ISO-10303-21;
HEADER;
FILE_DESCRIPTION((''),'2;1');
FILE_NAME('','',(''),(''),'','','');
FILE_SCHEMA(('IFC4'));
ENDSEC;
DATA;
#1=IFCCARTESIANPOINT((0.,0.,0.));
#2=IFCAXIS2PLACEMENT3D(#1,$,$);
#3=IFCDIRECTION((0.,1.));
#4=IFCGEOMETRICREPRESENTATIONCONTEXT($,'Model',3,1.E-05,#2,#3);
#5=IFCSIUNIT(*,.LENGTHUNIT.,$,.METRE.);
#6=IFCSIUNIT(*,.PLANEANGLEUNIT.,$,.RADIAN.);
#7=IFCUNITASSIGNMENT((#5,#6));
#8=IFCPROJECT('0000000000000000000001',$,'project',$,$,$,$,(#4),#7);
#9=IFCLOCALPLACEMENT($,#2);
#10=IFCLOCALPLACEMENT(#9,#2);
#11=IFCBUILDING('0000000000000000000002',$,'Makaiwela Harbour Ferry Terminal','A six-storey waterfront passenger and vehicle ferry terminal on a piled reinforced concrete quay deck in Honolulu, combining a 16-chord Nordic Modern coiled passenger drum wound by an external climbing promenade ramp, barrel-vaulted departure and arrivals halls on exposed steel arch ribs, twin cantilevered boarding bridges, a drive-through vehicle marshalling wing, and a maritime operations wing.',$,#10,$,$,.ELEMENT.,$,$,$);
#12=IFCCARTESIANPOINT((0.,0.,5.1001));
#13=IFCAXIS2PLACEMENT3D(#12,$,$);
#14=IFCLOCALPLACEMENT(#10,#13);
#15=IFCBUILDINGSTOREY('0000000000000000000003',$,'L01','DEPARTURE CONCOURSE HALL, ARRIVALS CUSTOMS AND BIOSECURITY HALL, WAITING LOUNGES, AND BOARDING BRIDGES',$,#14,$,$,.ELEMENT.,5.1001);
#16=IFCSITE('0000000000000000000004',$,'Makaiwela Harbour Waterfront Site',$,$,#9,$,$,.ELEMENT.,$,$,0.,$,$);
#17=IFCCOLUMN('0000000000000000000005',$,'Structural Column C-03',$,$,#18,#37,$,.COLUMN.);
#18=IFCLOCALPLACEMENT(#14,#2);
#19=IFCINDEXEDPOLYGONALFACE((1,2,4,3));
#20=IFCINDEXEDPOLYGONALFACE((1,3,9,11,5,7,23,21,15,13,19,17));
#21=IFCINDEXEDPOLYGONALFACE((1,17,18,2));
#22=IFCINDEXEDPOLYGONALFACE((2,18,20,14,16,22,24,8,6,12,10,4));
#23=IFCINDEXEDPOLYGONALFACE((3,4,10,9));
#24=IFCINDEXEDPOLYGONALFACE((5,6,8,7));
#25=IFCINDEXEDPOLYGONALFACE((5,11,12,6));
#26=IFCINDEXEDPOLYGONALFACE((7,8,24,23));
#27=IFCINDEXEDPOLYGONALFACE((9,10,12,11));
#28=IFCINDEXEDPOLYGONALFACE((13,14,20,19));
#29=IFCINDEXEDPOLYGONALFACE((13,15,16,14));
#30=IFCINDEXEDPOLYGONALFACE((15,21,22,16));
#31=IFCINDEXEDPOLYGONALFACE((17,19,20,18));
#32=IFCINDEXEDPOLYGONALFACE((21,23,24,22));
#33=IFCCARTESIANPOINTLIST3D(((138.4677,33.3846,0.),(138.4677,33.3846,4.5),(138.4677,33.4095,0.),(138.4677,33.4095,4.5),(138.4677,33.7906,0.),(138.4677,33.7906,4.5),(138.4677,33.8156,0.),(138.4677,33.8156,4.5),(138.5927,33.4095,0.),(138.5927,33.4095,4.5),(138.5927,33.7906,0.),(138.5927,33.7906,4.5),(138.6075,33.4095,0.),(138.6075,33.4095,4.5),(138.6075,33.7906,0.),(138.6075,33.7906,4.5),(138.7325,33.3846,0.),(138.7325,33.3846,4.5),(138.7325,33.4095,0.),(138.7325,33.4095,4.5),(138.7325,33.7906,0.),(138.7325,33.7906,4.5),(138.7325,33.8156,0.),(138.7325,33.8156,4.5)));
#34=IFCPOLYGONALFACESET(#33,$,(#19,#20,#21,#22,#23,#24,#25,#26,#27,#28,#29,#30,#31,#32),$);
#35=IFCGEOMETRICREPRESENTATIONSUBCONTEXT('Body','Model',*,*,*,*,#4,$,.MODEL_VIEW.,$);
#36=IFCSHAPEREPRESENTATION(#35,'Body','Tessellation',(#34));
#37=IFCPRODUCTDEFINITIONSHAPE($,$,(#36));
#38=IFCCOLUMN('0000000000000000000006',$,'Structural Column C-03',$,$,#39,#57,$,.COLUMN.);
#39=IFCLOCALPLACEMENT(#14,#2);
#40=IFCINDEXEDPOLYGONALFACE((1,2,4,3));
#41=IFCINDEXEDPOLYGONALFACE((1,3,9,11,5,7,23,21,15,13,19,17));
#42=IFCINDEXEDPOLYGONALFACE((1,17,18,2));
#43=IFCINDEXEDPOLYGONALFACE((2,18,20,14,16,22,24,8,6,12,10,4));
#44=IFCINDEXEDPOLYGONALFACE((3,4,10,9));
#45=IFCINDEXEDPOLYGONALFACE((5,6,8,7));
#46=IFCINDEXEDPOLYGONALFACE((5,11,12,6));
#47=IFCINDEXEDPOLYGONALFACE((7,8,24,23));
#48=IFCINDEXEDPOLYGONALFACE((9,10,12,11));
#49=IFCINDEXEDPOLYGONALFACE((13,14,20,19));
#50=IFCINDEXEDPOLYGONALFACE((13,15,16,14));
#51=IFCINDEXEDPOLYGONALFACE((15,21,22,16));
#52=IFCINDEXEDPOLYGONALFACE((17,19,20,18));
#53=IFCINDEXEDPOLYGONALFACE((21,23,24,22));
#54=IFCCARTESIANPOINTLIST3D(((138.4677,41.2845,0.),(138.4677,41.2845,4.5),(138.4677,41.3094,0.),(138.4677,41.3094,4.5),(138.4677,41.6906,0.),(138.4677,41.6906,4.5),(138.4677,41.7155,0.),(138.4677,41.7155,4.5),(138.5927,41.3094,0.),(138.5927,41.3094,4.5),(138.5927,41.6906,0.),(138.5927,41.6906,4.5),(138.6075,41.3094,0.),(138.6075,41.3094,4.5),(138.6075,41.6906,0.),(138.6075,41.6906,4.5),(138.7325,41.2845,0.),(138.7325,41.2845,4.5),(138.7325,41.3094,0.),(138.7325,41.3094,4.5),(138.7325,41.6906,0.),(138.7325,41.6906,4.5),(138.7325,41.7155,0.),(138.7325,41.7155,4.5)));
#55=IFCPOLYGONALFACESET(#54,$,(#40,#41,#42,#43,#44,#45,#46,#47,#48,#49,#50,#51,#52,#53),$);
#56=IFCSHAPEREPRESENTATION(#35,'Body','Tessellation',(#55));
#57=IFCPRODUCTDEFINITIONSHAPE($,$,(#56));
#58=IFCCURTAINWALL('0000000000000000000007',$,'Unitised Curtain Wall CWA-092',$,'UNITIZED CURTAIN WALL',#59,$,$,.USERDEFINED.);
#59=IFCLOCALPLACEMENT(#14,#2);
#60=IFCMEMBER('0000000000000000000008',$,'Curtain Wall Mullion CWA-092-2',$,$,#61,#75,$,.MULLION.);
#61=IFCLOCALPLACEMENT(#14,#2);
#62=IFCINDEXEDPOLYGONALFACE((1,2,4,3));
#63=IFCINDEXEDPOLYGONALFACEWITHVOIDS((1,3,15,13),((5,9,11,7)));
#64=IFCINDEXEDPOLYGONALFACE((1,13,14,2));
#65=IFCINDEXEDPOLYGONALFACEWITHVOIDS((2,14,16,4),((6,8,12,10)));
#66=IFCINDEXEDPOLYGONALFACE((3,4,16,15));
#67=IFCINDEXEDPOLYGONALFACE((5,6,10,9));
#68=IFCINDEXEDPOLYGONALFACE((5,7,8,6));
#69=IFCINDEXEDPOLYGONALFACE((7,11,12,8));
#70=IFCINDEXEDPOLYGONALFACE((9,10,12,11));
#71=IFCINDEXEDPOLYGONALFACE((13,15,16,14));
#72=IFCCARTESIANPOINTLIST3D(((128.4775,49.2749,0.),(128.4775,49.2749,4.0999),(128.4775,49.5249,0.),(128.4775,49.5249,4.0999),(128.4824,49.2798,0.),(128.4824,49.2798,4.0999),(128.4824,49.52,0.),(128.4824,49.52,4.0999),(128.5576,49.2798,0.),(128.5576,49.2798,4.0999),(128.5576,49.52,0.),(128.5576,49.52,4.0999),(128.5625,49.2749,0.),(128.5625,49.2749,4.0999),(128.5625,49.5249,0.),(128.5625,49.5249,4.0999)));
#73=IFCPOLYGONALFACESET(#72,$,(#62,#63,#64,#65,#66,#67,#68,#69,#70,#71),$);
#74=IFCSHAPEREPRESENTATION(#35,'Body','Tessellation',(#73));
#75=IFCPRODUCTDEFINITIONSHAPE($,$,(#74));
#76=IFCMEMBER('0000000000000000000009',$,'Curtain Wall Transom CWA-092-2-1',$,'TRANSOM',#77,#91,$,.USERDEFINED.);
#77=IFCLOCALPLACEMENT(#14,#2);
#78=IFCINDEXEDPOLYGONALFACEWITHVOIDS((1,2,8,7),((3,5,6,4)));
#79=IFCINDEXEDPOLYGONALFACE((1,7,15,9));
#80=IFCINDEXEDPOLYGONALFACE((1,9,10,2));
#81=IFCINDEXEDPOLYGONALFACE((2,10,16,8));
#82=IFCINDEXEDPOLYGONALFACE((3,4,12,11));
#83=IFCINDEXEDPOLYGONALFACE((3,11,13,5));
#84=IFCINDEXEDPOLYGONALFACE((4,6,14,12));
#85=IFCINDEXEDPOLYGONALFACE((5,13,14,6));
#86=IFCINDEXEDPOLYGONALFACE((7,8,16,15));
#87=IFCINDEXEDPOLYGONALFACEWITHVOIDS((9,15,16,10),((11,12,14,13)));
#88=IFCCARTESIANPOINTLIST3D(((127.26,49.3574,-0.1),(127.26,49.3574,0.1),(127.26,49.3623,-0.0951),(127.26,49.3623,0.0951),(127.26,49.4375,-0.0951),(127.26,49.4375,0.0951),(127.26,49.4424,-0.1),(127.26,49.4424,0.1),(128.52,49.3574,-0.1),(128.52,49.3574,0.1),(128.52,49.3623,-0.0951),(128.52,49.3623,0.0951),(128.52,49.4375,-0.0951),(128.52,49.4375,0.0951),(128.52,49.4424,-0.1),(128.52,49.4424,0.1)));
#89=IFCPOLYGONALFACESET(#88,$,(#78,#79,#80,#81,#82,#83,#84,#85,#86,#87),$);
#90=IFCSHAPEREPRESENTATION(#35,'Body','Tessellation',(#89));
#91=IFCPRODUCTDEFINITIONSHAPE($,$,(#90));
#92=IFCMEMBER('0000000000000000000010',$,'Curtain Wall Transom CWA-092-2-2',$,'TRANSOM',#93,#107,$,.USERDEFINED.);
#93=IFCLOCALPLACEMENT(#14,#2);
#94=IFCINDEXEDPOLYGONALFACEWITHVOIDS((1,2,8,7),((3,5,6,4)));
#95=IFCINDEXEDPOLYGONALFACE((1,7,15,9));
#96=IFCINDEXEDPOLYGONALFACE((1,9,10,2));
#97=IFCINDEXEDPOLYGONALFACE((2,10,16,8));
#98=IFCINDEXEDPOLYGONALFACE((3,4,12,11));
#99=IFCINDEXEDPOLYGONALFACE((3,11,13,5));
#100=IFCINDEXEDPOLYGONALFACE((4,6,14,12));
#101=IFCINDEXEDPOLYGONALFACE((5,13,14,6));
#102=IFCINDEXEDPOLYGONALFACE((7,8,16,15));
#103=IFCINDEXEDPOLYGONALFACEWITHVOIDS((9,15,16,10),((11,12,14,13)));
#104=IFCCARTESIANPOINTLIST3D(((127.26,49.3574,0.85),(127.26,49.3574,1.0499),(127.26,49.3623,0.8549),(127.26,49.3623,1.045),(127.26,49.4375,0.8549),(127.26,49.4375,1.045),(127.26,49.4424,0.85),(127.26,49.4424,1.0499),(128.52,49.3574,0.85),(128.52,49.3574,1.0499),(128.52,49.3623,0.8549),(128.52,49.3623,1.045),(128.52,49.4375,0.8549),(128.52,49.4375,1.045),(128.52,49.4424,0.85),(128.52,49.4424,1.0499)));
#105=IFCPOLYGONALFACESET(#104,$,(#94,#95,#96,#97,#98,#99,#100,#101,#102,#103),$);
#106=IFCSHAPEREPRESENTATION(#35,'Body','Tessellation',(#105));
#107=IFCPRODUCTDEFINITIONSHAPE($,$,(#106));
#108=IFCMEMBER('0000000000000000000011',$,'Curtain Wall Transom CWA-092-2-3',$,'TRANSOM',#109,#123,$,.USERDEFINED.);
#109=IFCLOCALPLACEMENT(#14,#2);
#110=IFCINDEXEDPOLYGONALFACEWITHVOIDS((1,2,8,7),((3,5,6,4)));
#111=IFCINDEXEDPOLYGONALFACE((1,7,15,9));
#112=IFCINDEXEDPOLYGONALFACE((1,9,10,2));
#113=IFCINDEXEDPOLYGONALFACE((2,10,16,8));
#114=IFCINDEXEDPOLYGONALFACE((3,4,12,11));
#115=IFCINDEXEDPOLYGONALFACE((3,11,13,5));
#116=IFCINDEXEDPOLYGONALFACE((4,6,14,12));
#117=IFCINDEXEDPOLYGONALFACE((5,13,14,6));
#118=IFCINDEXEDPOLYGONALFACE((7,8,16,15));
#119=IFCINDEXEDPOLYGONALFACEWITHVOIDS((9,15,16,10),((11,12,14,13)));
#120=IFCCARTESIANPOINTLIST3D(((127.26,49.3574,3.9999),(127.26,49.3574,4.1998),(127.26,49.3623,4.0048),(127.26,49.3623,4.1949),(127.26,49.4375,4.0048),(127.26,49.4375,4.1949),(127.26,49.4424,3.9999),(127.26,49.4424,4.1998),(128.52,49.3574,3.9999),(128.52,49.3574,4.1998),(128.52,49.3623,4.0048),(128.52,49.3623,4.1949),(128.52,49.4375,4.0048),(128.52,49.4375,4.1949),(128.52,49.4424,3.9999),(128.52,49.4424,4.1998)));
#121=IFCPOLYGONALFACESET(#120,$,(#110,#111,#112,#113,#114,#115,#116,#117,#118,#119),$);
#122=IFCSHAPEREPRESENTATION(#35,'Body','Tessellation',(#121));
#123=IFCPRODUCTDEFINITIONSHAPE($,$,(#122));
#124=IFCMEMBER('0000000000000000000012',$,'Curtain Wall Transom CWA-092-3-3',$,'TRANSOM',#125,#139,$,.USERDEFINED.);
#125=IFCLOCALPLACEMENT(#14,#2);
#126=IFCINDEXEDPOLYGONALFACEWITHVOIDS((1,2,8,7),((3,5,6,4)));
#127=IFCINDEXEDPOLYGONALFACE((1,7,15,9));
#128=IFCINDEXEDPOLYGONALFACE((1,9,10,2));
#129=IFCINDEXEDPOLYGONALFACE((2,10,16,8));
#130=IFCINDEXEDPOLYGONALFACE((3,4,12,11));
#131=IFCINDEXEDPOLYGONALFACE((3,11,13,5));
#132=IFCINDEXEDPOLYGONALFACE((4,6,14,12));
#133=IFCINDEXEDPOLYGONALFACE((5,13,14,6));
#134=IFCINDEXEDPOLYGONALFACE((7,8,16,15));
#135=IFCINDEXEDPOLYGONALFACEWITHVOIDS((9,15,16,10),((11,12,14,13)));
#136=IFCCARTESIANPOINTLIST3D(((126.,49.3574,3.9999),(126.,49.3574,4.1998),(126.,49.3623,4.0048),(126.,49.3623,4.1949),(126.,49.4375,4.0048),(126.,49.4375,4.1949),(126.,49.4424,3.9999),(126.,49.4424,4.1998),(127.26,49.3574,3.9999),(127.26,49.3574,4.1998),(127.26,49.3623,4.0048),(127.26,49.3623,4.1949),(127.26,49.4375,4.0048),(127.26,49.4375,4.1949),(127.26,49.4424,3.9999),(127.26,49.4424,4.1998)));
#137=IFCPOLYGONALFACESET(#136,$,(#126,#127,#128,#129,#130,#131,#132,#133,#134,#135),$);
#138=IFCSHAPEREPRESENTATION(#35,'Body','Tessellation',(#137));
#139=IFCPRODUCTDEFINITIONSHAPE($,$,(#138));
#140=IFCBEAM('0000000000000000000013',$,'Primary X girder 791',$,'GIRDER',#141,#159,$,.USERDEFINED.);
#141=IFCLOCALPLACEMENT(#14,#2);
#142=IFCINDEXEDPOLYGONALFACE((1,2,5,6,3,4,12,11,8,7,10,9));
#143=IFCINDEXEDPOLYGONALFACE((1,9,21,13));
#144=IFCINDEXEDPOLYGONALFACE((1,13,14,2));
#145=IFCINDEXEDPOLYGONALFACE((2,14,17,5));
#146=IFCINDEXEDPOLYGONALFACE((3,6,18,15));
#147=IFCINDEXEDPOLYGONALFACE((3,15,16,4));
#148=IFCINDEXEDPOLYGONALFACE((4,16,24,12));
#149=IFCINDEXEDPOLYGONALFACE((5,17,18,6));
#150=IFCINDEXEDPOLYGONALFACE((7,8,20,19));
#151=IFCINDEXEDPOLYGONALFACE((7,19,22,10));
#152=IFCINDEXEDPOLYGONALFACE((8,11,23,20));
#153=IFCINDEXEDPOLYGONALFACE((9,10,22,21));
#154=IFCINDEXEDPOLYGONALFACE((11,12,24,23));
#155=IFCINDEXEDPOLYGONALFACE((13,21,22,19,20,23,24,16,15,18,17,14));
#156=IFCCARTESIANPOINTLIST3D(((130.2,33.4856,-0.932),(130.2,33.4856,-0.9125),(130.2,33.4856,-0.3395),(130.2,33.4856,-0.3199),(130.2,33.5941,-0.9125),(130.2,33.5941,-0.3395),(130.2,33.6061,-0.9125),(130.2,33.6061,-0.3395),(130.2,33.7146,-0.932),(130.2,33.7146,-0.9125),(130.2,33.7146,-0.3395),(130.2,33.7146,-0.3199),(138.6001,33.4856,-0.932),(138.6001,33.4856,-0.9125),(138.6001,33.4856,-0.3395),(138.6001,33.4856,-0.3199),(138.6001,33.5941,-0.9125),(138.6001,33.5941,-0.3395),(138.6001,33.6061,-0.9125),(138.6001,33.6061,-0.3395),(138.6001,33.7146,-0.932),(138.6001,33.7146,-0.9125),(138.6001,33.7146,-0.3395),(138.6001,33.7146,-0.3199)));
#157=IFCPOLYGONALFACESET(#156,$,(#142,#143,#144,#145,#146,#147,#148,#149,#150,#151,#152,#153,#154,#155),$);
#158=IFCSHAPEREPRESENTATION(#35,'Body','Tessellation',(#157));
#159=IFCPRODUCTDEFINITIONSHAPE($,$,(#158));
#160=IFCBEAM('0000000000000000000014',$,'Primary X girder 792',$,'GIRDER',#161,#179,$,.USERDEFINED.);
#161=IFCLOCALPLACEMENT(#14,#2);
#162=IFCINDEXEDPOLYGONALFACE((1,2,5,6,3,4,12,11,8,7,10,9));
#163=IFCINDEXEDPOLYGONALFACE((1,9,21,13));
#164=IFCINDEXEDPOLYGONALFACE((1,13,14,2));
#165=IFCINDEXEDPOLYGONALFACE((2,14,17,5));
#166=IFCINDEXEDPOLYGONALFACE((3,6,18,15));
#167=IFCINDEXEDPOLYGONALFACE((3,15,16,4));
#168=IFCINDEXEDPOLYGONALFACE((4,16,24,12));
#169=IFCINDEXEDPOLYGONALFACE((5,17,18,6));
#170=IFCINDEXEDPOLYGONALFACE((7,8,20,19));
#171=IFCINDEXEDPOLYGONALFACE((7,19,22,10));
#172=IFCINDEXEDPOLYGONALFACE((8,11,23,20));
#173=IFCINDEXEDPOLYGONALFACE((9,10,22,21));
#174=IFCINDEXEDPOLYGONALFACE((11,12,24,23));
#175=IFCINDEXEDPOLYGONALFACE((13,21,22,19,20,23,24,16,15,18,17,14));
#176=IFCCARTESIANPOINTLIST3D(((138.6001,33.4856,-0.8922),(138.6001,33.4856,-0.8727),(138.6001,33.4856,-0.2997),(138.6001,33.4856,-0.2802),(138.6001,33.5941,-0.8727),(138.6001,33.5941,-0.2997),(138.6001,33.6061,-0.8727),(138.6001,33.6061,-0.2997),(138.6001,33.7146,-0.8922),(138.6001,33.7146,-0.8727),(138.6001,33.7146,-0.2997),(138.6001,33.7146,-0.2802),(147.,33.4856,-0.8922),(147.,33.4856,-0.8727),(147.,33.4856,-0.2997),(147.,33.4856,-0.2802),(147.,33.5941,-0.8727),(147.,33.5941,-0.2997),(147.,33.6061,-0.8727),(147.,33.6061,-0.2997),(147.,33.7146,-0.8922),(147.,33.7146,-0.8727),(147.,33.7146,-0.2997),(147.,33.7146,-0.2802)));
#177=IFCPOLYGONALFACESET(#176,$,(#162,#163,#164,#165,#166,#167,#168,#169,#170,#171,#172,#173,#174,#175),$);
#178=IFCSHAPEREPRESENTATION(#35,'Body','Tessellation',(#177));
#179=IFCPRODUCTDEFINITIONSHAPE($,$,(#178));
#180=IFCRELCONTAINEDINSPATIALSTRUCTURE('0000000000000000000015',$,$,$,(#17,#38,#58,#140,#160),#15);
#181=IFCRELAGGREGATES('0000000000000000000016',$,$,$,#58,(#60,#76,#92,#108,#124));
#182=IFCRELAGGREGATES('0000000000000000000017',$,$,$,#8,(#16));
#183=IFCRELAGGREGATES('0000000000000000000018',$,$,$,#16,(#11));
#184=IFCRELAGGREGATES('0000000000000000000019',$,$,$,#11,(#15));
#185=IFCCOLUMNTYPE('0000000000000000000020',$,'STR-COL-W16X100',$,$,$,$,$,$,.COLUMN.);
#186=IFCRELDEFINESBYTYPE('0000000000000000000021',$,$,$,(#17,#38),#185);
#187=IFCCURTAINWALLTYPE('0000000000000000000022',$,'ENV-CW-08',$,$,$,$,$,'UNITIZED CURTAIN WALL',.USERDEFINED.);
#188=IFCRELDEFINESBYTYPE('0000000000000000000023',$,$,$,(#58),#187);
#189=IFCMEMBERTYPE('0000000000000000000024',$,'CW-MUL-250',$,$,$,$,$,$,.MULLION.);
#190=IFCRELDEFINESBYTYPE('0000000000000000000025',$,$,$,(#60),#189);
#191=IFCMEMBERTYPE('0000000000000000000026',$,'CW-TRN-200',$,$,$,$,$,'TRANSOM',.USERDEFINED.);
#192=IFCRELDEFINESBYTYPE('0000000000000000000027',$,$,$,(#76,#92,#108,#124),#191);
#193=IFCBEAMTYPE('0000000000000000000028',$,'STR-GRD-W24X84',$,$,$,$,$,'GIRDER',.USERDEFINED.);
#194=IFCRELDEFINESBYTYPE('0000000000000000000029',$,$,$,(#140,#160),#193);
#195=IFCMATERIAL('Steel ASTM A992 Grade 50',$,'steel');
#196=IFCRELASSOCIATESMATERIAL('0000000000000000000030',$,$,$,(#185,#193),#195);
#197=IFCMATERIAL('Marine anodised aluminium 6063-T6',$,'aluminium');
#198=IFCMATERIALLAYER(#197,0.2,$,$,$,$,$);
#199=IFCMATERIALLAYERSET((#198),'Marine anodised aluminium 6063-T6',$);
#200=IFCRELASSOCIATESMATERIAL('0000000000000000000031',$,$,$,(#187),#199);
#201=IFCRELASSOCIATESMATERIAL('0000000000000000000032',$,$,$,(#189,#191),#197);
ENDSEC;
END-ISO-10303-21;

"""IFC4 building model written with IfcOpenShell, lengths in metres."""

from ifc_helpers import new_model, si_unit, direction, frame, origin, origin_2d, place, context, subcontext, project, spatial, hollow_rectangle, i_section, extrude, material, layer, layer_set, material_profile, profile_set, type_object, element, aggregate, save


model = new_model("IFC4")

# Units and contexts
model_context = context("Model", 3, precision=1e-05, world=origin(), true_north=direction((0.0, 1.0)))
body_context = subcontext(model_context, "Body", "Model", "MODEL_VIEW")
ifc_project = project(units=[si_unit("LENGTHUNIT", "METRE"), si_unit("PLANEANGLEUNIT", "RADIAN")], contexts=[model_context])

# Site, building, storey
site_placement = place(None, origin())
site = spatial("IfcSite", under=ifc_project, at=site_placement, Name="Makaiwela Harbour Waterfront Site", CompositionType="ELEMENT", RefElevation=0.0)
building_placement = place(site_placement, origin())
building = spatial("IfcBuilding", under=site, at=building_placement, Name="Makaiwela Harbour Ferry Terminal", Description="A six-storey waterfront passenger and vehicle ferry terminal on a piled reinforced concrete quay deck in Honolulu, combining a 16-chord Nordic Modern coiled passenger drum wound by an external climbing promenade ramp, barrel-vaulted departure and arrivals halls on exposed steel arch ribs, twin cantilevered boarding bridges, a drive-through vehicle marshalling wing, and a maritime operations wing.", CompositionType="ELEMENT")
storey_placement = place(building_placement, frame((0.0, 0.0, 5.1001)))
storey = spatial("IfcBuildingStorey", under=building, at=storey_placement, Name="L01", Description="DEPARTURE CONCOURSE HALL, ARRIVALS CUSTOMS AND BIOSECURITY HALL, WAITING LOUNGES, AND BOARDING BRIDGES", CompositionType="ELEMENT", Elevation=5.1001)

# Columns
ifc_material_1 = material(Name="Steel ASTM A992 Grade 50", Category="steel")
ifc_material_profile_1 = material_profile(ifc_material_1, i_section(OverallWidth=0.2649, OverallDepth=0.4309, WebThickness=0.0149, FlangeThickness=0.0249, at=origin_2d()), Name="W16X100")
ifc_profile_set_1 = profile_set([ifc_material_profile_1], Name="Steel ASTM A992 Grade 50")
column_type = type_object("IfcColumnType", Name="STR-COL-W16X100", PredefinedType="COLUMN", material=ifc_profile_set_1)
for number, where, z_axis, x_axis, name in (
    (1, (138.6001, 33.6001, 0.0), (0.0, 0.0, 1.0), (1.0, 0.0, 0.0), "Structural Column C-03"),
    (2, (138.6001, 41.5, 0.0), (0.0, 0.0, 1.0), (1.0, 0.0, 0.0), "Structural Column C-03"),
):
    element("IfcColumn", number, at=place(storey_placement, frame(where, z_axis=z_axis, x_axis=x_axis)), inside=storey, type_object=column_type, Name=name, PredefinedType="COLUMN", context=body_context, shape_type="SweptSolid", body=[
        extrude(i_section(OverallWidth=0.2649, OverallDepth=0.4309, WebThickness=0.0149, FlangeThickness=0.0249, at=origin_2d()), origin(), (0.0, 0.0, 1.0), 4.5),
    ])

# Curtain wall, members
ifc_material_2 = material(Name="Marine anodised aluminium 6063-T6", Category="aluminium")
ifc_layer_1 = layer(ifc_material_2, 0.2)
ifc_layer_set_1 = layer_set([ifc_layer_1], Name="Marine anodised aluminium 6063-T6")
curtain_wall_type = type_object("IfcCurtainWallType", Name="ENV-CW-08", ElementType="UNITIZED CURTAIN WALL", PredefinedType="USERDEFINED", material=ifc_layer_set_1)
curtain_wall_placement = place(storey_placement, origin())
curtain_wall = element("IfcCurtainWall", 3, at=curtain_wall_placement, inside=storey, type_object=curtain_wall_type, Name="Unitised Curtain Wall CWA-092", ObjectType="UNITIZED CURTAIN WALL", PredefinedType="USERDEFINED")
ifc_material_profile_2 = material_profile(ifc_material_2, hollow_rectangle(XDim=0.085, YDim=0.25, WallThickness=0.0049, at=origin_2d()), Name="CWM-250X85")
ifc_profile_set_2 = profile_set([ifc_material_profile_2], Name="Marine anodised aluminium 6063-T6")
member_type_1 = type_object("IfcMemberType", Name="CW-MUL-250", PredefinedType="MULLION", material=ifc_profile_set_2)
member_1_placement = place(storey_placement, frame((128.52, 49.3999, 0.0), z_axis=(0.0, 0.0, 1.0), x_axis=(1.0, 0.0, 0.0)))
member_1 = element("IfcMember", 4, at=member_1_placement, type_object=member_type_1, Name="Curtain Wall Mullion CWA-092-2", PredefinedType="MULLION", context=body_context, shape_type="SweptSolid", body=[
    extrude(hollow_rectangle(XDim=0.085, YDim=0.25, WallThickness=0.0049, at=origin_2d()), origin(), (0.0, 0.0, 1.0), 4.0999),
])
ifc_material_profile_3 = material_profile(ifc_material_2, hollow_rectangle(XDim=0.085, YDim=0.2, WallThickness=0.0049, at=origin_2d()), Name="CWT-200X85")
ifc_profile_set_3 = profile_set([ifc_material_profile_3], Name="Marine anodised aluminium 6063-T6")
member_type_2 = type_object("IfcMemberType", Name="CW-TRN-200", ElementType="TRANSOM", PredefinedType="USERDEFINED", material=ifc_profile_set_3)
member_2_placement = place(storey_placement, frame((128.52, 49.3999, 0.0), z_axis=(-1.0, 0.0, 0.0), x_axis=(0.0, -1.0, 0.0)))
member_2 = element("IfcMember", 5, at=member_2_placement, type_object=member_type_2, Name="Curtain Wall Transom CWA-092-2-1", ObjectType="TRANSOM", PredefinedType="USERDEFINED", context=body_context, shape_type="SweptSolid", body=[
    extrude(hollow_rectangle(XDim=0.085, YDim=0.2, WallThickness=0.0049, at=origin_2d()), origin(), (0.0, 0.0, 1.0), 1.26),
])
member_3_placement = place(storey_placement, frame((128.52, 49.3999, 0.95), z_axis=(-1.0, 0.0, 0.0), x_axis=(0.0, -1.0, 0.0)))
member_3 = element("IfcMember", 6, at=member_3_placement, type_object=member_type_2, Name="Curtain Wall Transom CWA-092-2-2", ObjectType="TRANSOM", PredefinedType="USERDEFINED", context=body_context, shape_type="SweptSolid", body=[
    extrude(hollow_rectangle(XDim=0.085, YDim=0.2, WallThickness=0.0049, at=origin_2d()), origin(), (0.0, 0.0, 1.0), 1.26),
])
member_4_placement = place(storey_placement, frame((128.52, 49.3999, 4.0999), z_axis=(-1.0, 0.0, 0.0), x_axis=(0.0, -1.0, 0.0)))
member_4 = element("IfcMember", 7, at=member_4_placement, type_object=member_type_2, Name="Curtain Wall Transom CWA-092-2-3", ObjectType="TRANSOM", PredefinedType="USERDEFINED", context=body_context, shape_type="SweptSolid", body=[
    extrude(hollow_rectangle(XDim=0.085, YDim=0.2, WallThickness=0.0049, at=origin_2d()), origin(), (0.0, 0.0, 1.0), 1.26),
])
member_5_placement = place(storey_placement, frame((127.26, 49.3999, 4.0999), z_axis=(-1.0, 0.0, 0.0), x_axis=(0.0, -1.0, 0.0)))
member_5 = element("IfcMember", 8, at=member_5_placement, type_object=member_type_2, Name="Curtain Wall Transom CWA-092-3-3", ObjectType="TRANSOM", PredefinedType="USERDEFINED", context=body_context, shape_type="SweptSolid", body=[
    extrude(hollow_rectangle(XDim=0.085, YDim=0.2, WallThickness=0.0049, at=origin_2d()), origin(), (0.0, 0.0, 1.0), 1.26),
])

# Beams
ifc_material_profile_4 = material_profile(ifc_material_1, i_section(OverallWidth=0.229, OverallDepth=0.6121, WebThickness=0.012, FlangeThickness=0.0195, at=origin_2d()), Name="W24X84")
ifc_profile_set_4 = profile_set([ifc_material_profile_4], Name="Steel ASTM A992 Grade 50")
beam_type = type_object("IfcBeamType", Name="STR-GRD-W24X84", ElementType="GIRDER", PredefinedType="USERDEFINED", material=ifc_profile_set_4)
beam_placement = place(storey_placement, frame((130.2, 33.6001, -0.626), z_axis=(1.0, 0.0, 0.0), x_axis=(0.0, 1.0, 0.0)))
element("IfcBeam", 9, at=beam_placement, inside=storey, type_object=beam_type, Name="Primary X girder 791", ObjectType="GIRDER", PredefinedType="USERDEFINED", context=body_context, shape_type="SweptSolid", body=[
    extrude(i_section(OverallWidth=0.229, OverallDepth=0.6121, WebThickness=0.012, FlangeThickness=0.0195, at=origin_2d()), origin(), (0.0, 0.0, 1.0), 8.4001),
])
for number, where, z_axis, x_axis, name in (
    (10, (138.6001, 33.6001, -0.5862), (1.0, 0.0, 0.0), (0.0, 1.0, 0.0), "Primary X girder 792"),
):
    element("IfcBeam", number, at=place(storey_placement, frame(where, z_axis=z_axis, x_axis=x_axis)), inside=storey, type_object=beam_type, Name=name, ObjectType="GIRDER", PredefinedType="USERDEFINED", context=body_context, shape_type="SweptSolid", body=[
        extrude(i_section(OverallWidth=0.229, OverallDepth=0.6121, WebThickness=0.012, FlangeThickness=0.0195, at=origin_2d()), origin(), (0.0, 0.0, 1.0), 8.3999),
    ])

aggregate(curtain_wall, [member_1, member_2, member_3, member_4, member_5])

save(model, "model.ifc")
